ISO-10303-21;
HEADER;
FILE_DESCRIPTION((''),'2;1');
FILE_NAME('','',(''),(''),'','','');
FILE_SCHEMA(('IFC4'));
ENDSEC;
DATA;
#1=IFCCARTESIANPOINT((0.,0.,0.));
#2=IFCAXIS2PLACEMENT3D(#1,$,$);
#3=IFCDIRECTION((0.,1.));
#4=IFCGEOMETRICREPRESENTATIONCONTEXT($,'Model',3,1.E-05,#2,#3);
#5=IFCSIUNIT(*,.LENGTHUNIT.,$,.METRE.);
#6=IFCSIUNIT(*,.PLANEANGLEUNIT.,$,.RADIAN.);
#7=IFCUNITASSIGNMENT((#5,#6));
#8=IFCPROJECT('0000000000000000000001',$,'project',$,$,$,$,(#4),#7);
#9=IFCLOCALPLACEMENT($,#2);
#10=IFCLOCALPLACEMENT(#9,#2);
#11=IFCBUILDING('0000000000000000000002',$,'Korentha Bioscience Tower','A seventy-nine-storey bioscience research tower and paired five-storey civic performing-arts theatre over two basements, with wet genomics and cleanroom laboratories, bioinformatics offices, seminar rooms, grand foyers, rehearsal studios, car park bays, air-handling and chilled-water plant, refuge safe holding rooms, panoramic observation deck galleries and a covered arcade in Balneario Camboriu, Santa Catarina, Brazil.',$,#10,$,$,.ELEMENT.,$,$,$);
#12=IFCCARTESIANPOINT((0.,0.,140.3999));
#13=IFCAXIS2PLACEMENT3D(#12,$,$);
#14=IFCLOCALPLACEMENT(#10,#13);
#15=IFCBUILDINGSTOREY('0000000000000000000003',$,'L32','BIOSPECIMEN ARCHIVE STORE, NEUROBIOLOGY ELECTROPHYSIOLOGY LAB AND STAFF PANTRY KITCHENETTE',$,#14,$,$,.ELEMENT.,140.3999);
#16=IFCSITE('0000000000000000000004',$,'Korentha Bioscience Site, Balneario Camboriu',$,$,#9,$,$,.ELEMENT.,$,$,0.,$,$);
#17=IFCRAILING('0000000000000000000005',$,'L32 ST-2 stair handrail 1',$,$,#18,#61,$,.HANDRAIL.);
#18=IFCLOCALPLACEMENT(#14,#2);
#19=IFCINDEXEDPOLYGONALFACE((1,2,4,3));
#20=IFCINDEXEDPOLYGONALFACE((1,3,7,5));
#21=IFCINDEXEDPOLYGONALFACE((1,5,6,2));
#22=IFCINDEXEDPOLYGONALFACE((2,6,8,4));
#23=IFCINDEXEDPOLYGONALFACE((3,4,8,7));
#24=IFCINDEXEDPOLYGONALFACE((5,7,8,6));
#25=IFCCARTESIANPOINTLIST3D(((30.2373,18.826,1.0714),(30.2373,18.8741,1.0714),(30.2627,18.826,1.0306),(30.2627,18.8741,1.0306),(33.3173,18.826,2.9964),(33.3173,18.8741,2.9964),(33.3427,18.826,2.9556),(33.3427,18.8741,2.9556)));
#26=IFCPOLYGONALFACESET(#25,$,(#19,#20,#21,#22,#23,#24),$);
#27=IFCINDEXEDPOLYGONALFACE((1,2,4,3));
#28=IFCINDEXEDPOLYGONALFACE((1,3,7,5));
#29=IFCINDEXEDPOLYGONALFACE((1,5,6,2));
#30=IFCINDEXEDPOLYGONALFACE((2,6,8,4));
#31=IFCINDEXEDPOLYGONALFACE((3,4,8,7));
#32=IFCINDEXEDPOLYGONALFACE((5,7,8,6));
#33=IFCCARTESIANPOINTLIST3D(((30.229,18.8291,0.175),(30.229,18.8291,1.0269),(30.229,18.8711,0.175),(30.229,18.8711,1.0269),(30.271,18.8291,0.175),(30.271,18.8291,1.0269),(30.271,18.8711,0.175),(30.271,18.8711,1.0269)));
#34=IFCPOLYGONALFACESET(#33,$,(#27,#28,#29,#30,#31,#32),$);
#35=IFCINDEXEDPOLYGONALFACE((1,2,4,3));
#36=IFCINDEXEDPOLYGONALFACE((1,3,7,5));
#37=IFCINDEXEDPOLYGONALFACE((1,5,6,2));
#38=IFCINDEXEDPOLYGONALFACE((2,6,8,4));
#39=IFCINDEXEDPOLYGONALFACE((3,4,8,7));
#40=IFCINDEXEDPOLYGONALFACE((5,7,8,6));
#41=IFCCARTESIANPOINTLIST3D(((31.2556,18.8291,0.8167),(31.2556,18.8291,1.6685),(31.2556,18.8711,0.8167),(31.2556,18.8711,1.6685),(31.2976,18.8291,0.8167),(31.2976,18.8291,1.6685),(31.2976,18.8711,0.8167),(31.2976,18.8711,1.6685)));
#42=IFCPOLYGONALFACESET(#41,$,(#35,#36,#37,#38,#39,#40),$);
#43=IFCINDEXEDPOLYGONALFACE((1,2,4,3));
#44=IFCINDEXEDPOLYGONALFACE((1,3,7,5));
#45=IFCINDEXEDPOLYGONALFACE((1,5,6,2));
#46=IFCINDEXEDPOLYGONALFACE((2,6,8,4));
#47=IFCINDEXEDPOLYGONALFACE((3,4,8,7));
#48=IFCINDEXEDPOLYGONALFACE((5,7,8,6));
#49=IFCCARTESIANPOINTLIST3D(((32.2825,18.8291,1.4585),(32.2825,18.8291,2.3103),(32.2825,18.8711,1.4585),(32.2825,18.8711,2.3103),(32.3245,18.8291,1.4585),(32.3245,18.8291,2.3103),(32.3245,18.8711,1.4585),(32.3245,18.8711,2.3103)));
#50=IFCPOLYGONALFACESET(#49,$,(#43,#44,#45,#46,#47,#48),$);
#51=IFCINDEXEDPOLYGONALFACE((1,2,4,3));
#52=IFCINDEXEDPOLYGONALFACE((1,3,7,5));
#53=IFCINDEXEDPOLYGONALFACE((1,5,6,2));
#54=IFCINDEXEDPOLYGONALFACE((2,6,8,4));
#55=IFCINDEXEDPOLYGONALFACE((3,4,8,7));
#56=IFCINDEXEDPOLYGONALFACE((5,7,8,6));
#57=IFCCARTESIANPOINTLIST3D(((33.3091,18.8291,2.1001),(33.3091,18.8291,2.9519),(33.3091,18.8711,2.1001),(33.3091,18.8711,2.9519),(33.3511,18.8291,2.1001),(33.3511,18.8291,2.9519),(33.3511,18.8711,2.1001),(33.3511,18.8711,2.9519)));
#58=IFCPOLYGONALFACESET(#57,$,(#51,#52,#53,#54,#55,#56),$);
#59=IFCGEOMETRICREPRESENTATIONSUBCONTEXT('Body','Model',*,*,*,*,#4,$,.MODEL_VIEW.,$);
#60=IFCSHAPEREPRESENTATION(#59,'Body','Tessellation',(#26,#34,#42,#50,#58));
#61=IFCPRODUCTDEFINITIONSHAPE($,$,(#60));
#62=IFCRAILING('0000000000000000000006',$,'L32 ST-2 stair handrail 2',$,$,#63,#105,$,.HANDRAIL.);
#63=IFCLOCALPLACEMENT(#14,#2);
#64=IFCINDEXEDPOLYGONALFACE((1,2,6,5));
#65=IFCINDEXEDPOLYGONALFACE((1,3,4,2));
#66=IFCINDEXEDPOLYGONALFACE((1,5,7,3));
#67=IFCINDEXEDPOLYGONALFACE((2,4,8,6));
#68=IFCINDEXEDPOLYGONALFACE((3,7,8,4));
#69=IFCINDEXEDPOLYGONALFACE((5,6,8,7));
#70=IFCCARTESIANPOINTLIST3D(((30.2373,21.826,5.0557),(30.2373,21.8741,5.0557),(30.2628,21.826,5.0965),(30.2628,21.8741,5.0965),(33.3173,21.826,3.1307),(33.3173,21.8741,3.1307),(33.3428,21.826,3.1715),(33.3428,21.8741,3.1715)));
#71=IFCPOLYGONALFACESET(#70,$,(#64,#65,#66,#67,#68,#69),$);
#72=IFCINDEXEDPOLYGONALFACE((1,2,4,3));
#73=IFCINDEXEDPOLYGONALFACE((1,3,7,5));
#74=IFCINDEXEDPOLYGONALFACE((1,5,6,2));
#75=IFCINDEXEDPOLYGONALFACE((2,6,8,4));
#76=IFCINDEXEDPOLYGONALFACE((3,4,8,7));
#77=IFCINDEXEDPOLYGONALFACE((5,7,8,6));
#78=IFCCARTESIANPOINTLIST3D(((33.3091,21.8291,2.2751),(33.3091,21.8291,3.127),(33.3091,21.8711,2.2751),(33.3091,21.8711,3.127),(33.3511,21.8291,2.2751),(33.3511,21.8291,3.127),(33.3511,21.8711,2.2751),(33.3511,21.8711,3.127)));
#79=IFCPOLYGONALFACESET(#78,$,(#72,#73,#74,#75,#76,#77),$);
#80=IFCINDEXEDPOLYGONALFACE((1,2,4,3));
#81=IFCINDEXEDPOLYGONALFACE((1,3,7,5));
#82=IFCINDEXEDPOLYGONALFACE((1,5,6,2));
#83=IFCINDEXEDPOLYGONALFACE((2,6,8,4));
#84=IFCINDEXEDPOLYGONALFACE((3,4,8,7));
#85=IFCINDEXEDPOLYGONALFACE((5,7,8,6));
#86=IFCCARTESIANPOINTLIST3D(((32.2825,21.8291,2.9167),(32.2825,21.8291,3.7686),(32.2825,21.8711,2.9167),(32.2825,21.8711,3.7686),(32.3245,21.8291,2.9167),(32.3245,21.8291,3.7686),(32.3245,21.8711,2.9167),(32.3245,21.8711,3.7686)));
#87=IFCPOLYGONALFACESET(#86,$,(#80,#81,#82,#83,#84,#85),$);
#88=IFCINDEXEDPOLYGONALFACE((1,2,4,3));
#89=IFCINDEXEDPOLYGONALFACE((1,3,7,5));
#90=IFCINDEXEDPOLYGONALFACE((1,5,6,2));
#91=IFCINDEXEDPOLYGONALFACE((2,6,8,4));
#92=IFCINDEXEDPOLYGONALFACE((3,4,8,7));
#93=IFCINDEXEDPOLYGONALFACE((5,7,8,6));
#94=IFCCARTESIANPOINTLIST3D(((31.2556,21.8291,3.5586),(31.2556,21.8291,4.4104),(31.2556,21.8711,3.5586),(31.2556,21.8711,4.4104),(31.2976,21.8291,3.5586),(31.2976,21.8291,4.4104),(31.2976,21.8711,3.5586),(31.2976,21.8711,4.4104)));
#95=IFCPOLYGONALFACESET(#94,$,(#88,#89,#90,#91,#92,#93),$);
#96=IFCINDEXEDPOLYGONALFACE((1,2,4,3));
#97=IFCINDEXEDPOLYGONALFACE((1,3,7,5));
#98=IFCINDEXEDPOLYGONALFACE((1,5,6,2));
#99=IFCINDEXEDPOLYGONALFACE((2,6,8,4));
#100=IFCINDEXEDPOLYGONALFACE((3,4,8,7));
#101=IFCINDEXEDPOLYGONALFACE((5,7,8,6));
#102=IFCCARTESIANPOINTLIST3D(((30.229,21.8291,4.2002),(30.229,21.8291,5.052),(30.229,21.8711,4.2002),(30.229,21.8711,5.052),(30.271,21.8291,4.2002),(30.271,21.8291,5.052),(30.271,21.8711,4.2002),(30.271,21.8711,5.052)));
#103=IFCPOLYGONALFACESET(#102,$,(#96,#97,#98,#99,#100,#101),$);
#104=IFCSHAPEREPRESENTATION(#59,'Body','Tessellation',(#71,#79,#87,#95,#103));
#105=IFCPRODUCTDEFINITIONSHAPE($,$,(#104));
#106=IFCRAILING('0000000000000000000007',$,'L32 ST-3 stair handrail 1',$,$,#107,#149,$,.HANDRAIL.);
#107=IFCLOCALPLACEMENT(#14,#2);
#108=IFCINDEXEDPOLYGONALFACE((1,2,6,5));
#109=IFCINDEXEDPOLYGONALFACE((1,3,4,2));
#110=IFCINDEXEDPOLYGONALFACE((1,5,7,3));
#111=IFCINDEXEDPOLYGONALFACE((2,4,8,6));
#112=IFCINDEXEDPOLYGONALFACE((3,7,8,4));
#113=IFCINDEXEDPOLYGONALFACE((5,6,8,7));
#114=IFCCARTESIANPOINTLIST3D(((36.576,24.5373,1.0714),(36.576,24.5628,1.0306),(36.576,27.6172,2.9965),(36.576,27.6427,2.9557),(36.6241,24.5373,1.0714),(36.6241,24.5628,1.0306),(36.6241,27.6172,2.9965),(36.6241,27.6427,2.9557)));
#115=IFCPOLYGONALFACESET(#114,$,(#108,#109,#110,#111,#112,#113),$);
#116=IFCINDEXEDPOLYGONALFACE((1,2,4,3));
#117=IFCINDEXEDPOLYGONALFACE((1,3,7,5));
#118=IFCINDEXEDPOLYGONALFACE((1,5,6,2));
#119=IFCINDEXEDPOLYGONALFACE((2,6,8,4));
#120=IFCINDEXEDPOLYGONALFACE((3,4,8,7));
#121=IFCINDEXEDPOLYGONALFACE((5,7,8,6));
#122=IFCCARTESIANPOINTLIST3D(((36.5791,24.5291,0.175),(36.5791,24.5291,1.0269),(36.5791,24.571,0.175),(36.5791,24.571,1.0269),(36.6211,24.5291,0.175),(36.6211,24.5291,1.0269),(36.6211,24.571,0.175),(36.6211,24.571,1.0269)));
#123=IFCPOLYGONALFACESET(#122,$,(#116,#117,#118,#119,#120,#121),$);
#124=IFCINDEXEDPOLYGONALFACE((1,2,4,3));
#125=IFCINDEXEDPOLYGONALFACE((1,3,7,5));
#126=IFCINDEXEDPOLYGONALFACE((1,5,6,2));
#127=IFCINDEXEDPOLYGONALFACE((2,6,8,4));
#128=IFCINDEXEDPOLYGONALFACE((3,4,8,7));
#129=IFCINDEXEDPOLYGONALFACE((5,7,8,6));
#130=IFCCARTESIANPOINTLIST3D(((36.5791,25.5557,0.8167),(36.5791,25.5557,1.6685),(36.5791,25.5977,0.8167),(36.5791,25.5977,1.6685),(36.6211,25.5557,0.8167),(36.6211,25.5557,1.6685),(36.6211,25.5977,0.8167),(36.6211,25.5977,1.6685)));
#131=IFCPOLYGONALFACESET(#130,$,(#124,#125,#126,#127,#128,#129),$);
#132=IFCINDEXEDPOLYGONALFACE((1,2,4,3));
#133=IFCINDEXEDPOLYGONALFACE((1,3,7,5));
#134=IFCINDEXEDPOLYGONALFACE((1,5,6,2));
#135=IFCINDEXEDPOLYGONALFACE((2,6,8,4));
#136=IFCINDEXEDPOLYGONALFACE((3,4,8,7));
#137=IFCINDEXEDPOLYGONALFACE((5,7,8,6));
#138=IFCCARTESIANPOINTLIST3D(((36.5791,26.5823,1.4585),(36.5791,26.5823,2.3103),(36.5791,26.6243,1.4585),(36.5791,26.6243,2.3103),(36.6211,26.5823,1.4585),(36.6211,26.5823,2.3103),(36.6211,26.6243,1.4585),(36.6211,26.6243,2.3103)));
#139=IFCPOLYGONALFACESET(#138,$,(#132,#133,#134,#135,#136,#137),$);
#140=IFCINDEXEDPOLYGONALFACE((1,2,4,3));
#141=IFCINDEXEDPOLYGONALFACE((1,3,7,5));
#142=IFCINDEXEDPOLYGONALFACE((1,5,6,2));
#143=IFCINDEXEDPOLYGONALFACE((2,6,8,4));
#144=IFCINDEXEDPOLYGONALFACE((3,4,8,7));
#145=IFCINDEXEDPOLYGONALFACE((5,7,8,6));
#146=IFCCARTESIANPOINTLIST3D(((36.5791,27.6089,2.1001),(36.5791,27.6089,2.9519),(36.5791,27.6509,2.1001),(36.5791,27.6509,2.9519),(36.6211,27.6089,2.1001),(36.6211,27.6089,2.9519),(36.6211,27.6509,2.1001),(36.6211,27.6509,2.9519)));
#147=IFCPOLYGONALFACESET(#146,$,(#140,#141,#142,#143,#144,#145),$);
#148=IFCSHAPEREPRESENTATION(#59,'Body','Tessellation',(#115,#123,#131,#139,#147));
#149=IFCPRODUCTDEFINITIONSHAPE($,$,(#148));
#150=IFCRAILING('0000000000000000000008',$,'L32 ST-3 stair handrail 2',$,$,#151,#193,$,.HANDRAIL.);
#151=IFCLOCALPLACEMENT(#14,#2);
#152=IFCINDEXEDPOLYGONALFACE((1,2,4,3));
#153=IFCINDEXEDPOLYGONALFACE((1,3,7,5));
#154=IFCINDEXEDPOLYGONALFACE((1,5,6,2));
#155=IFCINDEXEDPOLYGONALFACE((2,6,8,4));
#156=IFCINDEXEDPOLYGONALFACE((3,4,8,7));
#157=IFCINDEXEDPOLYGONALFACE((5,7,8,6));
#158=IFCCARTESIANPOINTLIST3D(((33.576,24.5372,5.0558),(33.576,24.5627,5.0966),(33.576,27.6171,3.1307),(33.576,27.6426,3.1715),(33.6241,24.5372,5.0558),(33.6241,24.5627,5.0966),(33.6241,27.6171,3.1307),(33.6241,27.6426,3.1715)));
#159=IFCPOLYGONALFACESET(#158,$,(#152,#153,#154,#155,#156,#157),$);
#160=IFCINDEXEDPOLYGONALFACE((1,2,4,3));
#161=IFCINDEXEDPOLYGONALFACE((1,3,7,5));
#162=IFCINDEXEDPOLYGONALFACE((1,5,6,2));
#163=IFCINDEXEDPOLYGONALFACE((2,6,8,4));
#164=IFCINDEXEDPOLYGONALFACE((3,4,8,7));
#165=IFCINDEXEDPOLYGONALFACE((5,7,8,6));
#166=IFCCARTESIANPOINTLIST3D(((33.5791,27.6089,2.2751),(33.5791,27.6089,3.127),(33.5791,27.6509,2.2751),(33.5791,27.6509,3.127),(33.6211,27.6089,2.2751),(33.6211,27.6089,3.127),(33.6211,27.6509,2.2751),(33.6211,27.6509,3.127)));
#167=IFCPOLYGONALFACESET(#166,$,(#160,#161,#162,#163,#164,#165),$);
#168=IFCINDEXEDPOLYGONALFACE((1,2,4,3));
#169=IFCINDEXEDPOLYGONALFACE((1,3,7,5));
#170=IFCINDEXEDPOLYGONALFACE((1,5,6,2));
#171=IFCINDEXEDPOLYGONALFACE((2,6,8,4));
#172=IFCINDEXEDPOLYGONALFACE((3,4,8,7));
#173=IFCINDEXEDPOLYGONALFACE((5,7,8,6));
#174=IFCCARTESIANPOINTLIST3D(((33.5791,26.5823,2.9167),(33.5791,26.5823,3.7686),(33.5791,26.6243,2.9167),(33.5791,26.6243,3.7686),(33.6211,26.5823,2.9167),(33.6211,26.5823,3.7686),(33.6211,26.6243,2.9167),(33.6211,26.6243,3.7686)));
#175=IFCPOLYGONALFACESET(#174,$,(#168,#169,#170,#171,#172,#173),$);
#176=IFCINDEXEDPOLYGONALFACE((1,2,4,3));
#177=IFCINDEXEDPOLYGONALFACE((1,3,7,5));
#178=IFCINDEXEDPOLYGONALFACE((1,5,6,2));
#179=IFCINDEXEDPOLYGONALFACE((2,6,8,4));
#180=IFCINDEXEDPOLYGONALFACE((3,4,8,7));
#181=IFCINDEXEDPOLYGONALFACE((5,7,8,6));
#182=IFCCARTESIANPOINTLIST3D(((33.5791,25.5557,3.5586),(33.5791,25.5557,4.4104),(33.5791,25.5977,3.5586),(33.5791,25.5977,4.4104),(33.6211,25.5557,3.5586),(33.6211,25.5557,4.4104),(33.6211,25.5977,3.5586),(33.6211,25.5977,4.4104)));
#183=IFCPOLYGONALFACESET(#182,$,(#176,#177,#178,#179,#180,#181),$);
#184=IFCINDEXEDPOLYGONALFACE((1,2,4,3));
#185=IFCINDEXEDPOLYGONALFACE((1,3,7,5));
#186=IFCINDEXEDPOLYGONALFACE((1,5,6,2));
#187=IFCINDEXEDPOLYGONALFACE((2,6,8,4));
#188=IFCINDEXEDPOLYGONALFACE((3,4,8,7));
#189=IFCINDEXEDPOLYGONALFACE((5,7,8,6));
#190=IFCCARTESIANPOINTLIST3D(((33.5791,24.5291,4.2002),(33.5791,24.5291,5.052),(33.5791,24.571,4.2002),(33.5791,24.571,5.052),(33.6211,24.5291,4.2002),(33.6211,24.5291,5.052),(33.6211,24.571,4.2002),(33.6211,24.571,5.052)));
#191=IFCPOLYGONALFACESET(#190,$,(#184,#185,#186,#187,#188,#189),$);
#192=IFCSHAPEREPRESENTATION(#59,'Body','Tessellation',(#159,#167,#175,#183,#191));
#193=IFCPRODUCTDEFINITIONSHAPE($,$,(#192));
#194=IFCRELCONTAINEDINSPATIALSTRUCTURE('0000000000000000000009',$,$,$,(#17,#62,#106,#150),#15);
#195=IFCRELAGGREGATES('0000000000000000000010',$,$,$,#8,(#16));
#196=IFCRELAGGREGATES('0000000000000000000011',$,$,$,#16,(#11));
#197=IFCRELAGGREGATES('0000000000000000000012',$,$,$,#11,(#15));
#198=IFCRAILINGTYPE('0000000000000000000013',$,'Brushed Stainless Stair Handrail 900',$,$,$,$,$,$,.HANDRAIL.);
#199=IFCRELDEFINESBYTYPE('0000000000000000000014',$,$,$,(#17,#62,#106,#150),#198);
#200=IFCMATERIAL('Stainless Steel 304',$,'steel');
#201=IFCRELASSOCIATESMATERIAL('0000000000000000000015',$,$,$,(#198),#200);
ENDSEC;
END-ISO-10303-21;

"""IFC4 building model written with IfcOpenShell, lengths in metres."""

from ifc_helpers import new_model, si_unit, direction, frame, origin, origin_2d, place, context, subcontext, project, spatial, rectangle, extrude, material, type_object, element, save


model = new_model("IFC4")

# Units and contexts
model_context = context("Model", 3, precision=1e-05, world=origin(), true_north=direction((0.0, 1.0)))
body_context = subcontext(model_context, "Body", "Model", "MODEL_VIEW")
ifc_project = project(units=[si_unit("LENGTHUNIT", "METRE"), si_unit("PLANEANGLEUNIT", "RADIAN")], contexts=[model_context])

# Site, building, storey
site_placement = place(None, origin())
site = spatial("IfcSite", under=ifc_project, at=site_placement, Name="Korentha Bioscience Site, Balneario Camboriu", CompositionType="ELEMENT", RefElevation=0.0)
building_placement = place(site_placement, origin())
building = spatial("IfcBuilding", under=site, at=building_placement, Name="Korentha Bioscience Tower", Description="A seventy-nine-storey bioscience research tower and paired five-storey civic performing-arts theatre over two basements, with wet genomics and cleanroom laboratories, bioinformatics offices, seminar rooms, grand foyers, rehearsal studios, car park bays, air-handling and chilled-water plant, refuge safe holding rooms, panoramic observation deck galleries and a covered arcade in Balneario Camboriu, Santa Catarina, Brazil.", CompositionType="ELEMENT")
storey_placement = place(building_placement, frame((0.0, 0.0, 140.3999)))
storey = spatial("IfcBuildingStorey", under=building, at=storey_placement, Name="L32", Description="BIOSPECIMEN ARCHIVE STORE, NEUROBIOLOGY ELECTROPHYSIOLOGY LAB AND STAFF PANTRY KITCHENETTE", CompositionType="ELEMENT", Elevation=140.3999)

# Railings
ifc_material_1 = material(Name="Stainless Steel 304", Category="steel")
railing_type_1 = type_object("IfcRailingType", Name="Brushed Stainless Stair Handrail 900", PredefinedType="HANDRAIL", material=ifc_material_1)
railing_1_placement = place(storey_placement, frame((30.25, 18.8501, 0.175)))
element("IfcRailing", 1, at=railing_1_placement, inside=storey, type_object=railing_type_1, Name="L32 ST-2 stair handrail 1", PredefinedType="HANDRAIL", context=body_context, shape_type="SweptSolid", body=[
    extrude(rectangle(XDim=0.0481, YDim=0.0481, at=origin_2d()), frame((0.0, 0.0, 0.876), z_axis=(0.847998, 0.0, 0.529999), x_axis=(0.0, 1.0, 0.0)), (0.0, 0.0, 1.0), 3.6321),
    extrude(rectangle(XDim=0.042, YDim=0.042, at=origin_2d()), origin(), (0.0, 0.0, 1.0), 0.8518),
    extrude(rectangle(XDim=0.042, YDim=0.042, at=origin_2d()), frame((1.0266, 0.0, 0.6416)), (0.0, 0.0, 1.0), 0.8518),
    extrude(rectangle(XDim=0.042, YDim=0.042, at=origin_2d()), frame((2.0535, 0.0, 1.2834)), (0.0, 0.0, 1.0), 0.8518),
    extrude(rectangle(XDim=0.042, YDim=0.042, at=origin_2d()), frame((3.0801, 0.0, 1.925)), (0.0, 0.0, 1.0), 0.8518),
])
railing_2_placement = place(storey_placement, frame((33.3301, 21.8501, 2.2751)))
element("IfcRailing", 2, at=railing_2_placement, inside=storey, type_object=railing_type_1, Name="L32 ST-2 stair handrail 2", PredefinedType="HANDRAIL", context=body_context, shape_type="SweptSolid", body=[
    extrude(rectangle(XDim=0.0481, YDim=0.0481, at=origin_2d()), frame((0.0, 0.0, 0.876), z_axis=(-0.847998, 0.0, 0.529999), x_axis=(0.0, -1.0, 0.0)), (0.0, 0.0, 1.0), 3.6321),
    extrude(rectangle(XDim=0.042, YDim=0.042, at=origin_2d()), origin(), (0.0, 0.0, 1.0), 0.8518),
    extrude(rectangle(XDim=0.042, YDim=0.042, at=origin_2d()), frame((-1.0266, 0.0, 0.6416)), (0.0, 0.0, 1.0), 0.8518),
    extrude(rectangle(XDim=0.042, YDim=0.042, at=origin_2d()), frame((-2.0535, 0.0, 1.2834)), (0.0, 0.0, 1.0), 0.8518),
    extrude(rectangle(XDim=0.042, YDim=0.042, at=origin_2d()), frame((-3.0801, 0.0, 1.925)), (0.0, 0.0, 1.0), 0.8518),
])
railing_3_placement = place(storey_placement, frame((36.6001, 24.55, 0.175)))
element("IfcRailing", 3, at=railing_3_placement, inside=storey, type_object=railing_type_1, Name="L32 ST-3 stair handrail 1", PredefinedType="HANDRAIL", context=body_context, shape_type="SweptSolid", body=[
    extrude(rectangle(XDim=0.0481, YDim=0.0481, at=origin_2d()), frame((0.0, 0.0, 0.876), z_axis=(0.0, 0.847979, 0.530029), x_axis=(-1.0, 0.0, 0.0)), (0.0, 0.0, 1.0), 3.6321),
    extrude(rectangle(XDim=0.042, YDim=0.042, at=origin_2d()), origin(), (0.0, 0.0, 1.0), 0.8518),
    extrude(rectangle(XDim=0.042, YDim=0.042, at=origin_2d()), frame((0.0, 1.0266, 0.6416)), (0.0, 0.0, 1.0), 0.8518),
    extrude(rectangle(XDim=0.042, YDim=0.042, at=origin_2d()), frame((0.0, 2.0532, 1.2834)), (0.0, 0.0, 1.0), 0.8518),
    extrude(rectangle(XDim=0.042, YDim=0.042, at=origin_2d()), frame((0.0, 3.0798, 1.925)), (0.0, 0.0, 1.0), 0.8518),
])
railing_4_placement = place(storey_placement, frame((33.6001, 27.6299, 2.2751)))
element("IfcRailing", 4, at=railing_4_placement, inside=storey, type_object=railing_type_1, Name="L32 ST-3 stair handrail 2", PredefinedType="HANDRAIL", context=body_context, shape_type="SweptSolid", body=[
    extrude(rectangle(XDim=0.0481, YDim=0.0481, at=origin_2d()), frame((0.0, 0.0, 0.876), z_axis=(0.0, -0.847979, 0.530029), x_axis=(1.0, 0.0, 0.0)), (0.0, 0.0, 1.0), 3.6321),
    extrude(rectangle(XDim=0.042, YDim=0.042, at=origin_2d()), origin(), (0.0, 0.0, 1.0), 0.8518),
    extrude(rectangle(XDim=0.042, YDim=0.042, at=origin_2d()), frame((0.0, -1.0266, 0.6416)), (0.0, 0.0, 1.0), 0.8518),
    extrude(rectangle(XDim=0.042, YDim=0.042, at=origin_2d()), frame((0.0, -2.0532, 1.2834)), (0.0, 0.0, 1.0), 0.8518),
    extrude(rectangle(XDim=0.042, YDim=0.042, at=origin_2d()), frame((0.0, -3.0798, 1.925)), (0.0, 0.0, 1.0), 0.8518),
])

save(model, "model.ifc")
